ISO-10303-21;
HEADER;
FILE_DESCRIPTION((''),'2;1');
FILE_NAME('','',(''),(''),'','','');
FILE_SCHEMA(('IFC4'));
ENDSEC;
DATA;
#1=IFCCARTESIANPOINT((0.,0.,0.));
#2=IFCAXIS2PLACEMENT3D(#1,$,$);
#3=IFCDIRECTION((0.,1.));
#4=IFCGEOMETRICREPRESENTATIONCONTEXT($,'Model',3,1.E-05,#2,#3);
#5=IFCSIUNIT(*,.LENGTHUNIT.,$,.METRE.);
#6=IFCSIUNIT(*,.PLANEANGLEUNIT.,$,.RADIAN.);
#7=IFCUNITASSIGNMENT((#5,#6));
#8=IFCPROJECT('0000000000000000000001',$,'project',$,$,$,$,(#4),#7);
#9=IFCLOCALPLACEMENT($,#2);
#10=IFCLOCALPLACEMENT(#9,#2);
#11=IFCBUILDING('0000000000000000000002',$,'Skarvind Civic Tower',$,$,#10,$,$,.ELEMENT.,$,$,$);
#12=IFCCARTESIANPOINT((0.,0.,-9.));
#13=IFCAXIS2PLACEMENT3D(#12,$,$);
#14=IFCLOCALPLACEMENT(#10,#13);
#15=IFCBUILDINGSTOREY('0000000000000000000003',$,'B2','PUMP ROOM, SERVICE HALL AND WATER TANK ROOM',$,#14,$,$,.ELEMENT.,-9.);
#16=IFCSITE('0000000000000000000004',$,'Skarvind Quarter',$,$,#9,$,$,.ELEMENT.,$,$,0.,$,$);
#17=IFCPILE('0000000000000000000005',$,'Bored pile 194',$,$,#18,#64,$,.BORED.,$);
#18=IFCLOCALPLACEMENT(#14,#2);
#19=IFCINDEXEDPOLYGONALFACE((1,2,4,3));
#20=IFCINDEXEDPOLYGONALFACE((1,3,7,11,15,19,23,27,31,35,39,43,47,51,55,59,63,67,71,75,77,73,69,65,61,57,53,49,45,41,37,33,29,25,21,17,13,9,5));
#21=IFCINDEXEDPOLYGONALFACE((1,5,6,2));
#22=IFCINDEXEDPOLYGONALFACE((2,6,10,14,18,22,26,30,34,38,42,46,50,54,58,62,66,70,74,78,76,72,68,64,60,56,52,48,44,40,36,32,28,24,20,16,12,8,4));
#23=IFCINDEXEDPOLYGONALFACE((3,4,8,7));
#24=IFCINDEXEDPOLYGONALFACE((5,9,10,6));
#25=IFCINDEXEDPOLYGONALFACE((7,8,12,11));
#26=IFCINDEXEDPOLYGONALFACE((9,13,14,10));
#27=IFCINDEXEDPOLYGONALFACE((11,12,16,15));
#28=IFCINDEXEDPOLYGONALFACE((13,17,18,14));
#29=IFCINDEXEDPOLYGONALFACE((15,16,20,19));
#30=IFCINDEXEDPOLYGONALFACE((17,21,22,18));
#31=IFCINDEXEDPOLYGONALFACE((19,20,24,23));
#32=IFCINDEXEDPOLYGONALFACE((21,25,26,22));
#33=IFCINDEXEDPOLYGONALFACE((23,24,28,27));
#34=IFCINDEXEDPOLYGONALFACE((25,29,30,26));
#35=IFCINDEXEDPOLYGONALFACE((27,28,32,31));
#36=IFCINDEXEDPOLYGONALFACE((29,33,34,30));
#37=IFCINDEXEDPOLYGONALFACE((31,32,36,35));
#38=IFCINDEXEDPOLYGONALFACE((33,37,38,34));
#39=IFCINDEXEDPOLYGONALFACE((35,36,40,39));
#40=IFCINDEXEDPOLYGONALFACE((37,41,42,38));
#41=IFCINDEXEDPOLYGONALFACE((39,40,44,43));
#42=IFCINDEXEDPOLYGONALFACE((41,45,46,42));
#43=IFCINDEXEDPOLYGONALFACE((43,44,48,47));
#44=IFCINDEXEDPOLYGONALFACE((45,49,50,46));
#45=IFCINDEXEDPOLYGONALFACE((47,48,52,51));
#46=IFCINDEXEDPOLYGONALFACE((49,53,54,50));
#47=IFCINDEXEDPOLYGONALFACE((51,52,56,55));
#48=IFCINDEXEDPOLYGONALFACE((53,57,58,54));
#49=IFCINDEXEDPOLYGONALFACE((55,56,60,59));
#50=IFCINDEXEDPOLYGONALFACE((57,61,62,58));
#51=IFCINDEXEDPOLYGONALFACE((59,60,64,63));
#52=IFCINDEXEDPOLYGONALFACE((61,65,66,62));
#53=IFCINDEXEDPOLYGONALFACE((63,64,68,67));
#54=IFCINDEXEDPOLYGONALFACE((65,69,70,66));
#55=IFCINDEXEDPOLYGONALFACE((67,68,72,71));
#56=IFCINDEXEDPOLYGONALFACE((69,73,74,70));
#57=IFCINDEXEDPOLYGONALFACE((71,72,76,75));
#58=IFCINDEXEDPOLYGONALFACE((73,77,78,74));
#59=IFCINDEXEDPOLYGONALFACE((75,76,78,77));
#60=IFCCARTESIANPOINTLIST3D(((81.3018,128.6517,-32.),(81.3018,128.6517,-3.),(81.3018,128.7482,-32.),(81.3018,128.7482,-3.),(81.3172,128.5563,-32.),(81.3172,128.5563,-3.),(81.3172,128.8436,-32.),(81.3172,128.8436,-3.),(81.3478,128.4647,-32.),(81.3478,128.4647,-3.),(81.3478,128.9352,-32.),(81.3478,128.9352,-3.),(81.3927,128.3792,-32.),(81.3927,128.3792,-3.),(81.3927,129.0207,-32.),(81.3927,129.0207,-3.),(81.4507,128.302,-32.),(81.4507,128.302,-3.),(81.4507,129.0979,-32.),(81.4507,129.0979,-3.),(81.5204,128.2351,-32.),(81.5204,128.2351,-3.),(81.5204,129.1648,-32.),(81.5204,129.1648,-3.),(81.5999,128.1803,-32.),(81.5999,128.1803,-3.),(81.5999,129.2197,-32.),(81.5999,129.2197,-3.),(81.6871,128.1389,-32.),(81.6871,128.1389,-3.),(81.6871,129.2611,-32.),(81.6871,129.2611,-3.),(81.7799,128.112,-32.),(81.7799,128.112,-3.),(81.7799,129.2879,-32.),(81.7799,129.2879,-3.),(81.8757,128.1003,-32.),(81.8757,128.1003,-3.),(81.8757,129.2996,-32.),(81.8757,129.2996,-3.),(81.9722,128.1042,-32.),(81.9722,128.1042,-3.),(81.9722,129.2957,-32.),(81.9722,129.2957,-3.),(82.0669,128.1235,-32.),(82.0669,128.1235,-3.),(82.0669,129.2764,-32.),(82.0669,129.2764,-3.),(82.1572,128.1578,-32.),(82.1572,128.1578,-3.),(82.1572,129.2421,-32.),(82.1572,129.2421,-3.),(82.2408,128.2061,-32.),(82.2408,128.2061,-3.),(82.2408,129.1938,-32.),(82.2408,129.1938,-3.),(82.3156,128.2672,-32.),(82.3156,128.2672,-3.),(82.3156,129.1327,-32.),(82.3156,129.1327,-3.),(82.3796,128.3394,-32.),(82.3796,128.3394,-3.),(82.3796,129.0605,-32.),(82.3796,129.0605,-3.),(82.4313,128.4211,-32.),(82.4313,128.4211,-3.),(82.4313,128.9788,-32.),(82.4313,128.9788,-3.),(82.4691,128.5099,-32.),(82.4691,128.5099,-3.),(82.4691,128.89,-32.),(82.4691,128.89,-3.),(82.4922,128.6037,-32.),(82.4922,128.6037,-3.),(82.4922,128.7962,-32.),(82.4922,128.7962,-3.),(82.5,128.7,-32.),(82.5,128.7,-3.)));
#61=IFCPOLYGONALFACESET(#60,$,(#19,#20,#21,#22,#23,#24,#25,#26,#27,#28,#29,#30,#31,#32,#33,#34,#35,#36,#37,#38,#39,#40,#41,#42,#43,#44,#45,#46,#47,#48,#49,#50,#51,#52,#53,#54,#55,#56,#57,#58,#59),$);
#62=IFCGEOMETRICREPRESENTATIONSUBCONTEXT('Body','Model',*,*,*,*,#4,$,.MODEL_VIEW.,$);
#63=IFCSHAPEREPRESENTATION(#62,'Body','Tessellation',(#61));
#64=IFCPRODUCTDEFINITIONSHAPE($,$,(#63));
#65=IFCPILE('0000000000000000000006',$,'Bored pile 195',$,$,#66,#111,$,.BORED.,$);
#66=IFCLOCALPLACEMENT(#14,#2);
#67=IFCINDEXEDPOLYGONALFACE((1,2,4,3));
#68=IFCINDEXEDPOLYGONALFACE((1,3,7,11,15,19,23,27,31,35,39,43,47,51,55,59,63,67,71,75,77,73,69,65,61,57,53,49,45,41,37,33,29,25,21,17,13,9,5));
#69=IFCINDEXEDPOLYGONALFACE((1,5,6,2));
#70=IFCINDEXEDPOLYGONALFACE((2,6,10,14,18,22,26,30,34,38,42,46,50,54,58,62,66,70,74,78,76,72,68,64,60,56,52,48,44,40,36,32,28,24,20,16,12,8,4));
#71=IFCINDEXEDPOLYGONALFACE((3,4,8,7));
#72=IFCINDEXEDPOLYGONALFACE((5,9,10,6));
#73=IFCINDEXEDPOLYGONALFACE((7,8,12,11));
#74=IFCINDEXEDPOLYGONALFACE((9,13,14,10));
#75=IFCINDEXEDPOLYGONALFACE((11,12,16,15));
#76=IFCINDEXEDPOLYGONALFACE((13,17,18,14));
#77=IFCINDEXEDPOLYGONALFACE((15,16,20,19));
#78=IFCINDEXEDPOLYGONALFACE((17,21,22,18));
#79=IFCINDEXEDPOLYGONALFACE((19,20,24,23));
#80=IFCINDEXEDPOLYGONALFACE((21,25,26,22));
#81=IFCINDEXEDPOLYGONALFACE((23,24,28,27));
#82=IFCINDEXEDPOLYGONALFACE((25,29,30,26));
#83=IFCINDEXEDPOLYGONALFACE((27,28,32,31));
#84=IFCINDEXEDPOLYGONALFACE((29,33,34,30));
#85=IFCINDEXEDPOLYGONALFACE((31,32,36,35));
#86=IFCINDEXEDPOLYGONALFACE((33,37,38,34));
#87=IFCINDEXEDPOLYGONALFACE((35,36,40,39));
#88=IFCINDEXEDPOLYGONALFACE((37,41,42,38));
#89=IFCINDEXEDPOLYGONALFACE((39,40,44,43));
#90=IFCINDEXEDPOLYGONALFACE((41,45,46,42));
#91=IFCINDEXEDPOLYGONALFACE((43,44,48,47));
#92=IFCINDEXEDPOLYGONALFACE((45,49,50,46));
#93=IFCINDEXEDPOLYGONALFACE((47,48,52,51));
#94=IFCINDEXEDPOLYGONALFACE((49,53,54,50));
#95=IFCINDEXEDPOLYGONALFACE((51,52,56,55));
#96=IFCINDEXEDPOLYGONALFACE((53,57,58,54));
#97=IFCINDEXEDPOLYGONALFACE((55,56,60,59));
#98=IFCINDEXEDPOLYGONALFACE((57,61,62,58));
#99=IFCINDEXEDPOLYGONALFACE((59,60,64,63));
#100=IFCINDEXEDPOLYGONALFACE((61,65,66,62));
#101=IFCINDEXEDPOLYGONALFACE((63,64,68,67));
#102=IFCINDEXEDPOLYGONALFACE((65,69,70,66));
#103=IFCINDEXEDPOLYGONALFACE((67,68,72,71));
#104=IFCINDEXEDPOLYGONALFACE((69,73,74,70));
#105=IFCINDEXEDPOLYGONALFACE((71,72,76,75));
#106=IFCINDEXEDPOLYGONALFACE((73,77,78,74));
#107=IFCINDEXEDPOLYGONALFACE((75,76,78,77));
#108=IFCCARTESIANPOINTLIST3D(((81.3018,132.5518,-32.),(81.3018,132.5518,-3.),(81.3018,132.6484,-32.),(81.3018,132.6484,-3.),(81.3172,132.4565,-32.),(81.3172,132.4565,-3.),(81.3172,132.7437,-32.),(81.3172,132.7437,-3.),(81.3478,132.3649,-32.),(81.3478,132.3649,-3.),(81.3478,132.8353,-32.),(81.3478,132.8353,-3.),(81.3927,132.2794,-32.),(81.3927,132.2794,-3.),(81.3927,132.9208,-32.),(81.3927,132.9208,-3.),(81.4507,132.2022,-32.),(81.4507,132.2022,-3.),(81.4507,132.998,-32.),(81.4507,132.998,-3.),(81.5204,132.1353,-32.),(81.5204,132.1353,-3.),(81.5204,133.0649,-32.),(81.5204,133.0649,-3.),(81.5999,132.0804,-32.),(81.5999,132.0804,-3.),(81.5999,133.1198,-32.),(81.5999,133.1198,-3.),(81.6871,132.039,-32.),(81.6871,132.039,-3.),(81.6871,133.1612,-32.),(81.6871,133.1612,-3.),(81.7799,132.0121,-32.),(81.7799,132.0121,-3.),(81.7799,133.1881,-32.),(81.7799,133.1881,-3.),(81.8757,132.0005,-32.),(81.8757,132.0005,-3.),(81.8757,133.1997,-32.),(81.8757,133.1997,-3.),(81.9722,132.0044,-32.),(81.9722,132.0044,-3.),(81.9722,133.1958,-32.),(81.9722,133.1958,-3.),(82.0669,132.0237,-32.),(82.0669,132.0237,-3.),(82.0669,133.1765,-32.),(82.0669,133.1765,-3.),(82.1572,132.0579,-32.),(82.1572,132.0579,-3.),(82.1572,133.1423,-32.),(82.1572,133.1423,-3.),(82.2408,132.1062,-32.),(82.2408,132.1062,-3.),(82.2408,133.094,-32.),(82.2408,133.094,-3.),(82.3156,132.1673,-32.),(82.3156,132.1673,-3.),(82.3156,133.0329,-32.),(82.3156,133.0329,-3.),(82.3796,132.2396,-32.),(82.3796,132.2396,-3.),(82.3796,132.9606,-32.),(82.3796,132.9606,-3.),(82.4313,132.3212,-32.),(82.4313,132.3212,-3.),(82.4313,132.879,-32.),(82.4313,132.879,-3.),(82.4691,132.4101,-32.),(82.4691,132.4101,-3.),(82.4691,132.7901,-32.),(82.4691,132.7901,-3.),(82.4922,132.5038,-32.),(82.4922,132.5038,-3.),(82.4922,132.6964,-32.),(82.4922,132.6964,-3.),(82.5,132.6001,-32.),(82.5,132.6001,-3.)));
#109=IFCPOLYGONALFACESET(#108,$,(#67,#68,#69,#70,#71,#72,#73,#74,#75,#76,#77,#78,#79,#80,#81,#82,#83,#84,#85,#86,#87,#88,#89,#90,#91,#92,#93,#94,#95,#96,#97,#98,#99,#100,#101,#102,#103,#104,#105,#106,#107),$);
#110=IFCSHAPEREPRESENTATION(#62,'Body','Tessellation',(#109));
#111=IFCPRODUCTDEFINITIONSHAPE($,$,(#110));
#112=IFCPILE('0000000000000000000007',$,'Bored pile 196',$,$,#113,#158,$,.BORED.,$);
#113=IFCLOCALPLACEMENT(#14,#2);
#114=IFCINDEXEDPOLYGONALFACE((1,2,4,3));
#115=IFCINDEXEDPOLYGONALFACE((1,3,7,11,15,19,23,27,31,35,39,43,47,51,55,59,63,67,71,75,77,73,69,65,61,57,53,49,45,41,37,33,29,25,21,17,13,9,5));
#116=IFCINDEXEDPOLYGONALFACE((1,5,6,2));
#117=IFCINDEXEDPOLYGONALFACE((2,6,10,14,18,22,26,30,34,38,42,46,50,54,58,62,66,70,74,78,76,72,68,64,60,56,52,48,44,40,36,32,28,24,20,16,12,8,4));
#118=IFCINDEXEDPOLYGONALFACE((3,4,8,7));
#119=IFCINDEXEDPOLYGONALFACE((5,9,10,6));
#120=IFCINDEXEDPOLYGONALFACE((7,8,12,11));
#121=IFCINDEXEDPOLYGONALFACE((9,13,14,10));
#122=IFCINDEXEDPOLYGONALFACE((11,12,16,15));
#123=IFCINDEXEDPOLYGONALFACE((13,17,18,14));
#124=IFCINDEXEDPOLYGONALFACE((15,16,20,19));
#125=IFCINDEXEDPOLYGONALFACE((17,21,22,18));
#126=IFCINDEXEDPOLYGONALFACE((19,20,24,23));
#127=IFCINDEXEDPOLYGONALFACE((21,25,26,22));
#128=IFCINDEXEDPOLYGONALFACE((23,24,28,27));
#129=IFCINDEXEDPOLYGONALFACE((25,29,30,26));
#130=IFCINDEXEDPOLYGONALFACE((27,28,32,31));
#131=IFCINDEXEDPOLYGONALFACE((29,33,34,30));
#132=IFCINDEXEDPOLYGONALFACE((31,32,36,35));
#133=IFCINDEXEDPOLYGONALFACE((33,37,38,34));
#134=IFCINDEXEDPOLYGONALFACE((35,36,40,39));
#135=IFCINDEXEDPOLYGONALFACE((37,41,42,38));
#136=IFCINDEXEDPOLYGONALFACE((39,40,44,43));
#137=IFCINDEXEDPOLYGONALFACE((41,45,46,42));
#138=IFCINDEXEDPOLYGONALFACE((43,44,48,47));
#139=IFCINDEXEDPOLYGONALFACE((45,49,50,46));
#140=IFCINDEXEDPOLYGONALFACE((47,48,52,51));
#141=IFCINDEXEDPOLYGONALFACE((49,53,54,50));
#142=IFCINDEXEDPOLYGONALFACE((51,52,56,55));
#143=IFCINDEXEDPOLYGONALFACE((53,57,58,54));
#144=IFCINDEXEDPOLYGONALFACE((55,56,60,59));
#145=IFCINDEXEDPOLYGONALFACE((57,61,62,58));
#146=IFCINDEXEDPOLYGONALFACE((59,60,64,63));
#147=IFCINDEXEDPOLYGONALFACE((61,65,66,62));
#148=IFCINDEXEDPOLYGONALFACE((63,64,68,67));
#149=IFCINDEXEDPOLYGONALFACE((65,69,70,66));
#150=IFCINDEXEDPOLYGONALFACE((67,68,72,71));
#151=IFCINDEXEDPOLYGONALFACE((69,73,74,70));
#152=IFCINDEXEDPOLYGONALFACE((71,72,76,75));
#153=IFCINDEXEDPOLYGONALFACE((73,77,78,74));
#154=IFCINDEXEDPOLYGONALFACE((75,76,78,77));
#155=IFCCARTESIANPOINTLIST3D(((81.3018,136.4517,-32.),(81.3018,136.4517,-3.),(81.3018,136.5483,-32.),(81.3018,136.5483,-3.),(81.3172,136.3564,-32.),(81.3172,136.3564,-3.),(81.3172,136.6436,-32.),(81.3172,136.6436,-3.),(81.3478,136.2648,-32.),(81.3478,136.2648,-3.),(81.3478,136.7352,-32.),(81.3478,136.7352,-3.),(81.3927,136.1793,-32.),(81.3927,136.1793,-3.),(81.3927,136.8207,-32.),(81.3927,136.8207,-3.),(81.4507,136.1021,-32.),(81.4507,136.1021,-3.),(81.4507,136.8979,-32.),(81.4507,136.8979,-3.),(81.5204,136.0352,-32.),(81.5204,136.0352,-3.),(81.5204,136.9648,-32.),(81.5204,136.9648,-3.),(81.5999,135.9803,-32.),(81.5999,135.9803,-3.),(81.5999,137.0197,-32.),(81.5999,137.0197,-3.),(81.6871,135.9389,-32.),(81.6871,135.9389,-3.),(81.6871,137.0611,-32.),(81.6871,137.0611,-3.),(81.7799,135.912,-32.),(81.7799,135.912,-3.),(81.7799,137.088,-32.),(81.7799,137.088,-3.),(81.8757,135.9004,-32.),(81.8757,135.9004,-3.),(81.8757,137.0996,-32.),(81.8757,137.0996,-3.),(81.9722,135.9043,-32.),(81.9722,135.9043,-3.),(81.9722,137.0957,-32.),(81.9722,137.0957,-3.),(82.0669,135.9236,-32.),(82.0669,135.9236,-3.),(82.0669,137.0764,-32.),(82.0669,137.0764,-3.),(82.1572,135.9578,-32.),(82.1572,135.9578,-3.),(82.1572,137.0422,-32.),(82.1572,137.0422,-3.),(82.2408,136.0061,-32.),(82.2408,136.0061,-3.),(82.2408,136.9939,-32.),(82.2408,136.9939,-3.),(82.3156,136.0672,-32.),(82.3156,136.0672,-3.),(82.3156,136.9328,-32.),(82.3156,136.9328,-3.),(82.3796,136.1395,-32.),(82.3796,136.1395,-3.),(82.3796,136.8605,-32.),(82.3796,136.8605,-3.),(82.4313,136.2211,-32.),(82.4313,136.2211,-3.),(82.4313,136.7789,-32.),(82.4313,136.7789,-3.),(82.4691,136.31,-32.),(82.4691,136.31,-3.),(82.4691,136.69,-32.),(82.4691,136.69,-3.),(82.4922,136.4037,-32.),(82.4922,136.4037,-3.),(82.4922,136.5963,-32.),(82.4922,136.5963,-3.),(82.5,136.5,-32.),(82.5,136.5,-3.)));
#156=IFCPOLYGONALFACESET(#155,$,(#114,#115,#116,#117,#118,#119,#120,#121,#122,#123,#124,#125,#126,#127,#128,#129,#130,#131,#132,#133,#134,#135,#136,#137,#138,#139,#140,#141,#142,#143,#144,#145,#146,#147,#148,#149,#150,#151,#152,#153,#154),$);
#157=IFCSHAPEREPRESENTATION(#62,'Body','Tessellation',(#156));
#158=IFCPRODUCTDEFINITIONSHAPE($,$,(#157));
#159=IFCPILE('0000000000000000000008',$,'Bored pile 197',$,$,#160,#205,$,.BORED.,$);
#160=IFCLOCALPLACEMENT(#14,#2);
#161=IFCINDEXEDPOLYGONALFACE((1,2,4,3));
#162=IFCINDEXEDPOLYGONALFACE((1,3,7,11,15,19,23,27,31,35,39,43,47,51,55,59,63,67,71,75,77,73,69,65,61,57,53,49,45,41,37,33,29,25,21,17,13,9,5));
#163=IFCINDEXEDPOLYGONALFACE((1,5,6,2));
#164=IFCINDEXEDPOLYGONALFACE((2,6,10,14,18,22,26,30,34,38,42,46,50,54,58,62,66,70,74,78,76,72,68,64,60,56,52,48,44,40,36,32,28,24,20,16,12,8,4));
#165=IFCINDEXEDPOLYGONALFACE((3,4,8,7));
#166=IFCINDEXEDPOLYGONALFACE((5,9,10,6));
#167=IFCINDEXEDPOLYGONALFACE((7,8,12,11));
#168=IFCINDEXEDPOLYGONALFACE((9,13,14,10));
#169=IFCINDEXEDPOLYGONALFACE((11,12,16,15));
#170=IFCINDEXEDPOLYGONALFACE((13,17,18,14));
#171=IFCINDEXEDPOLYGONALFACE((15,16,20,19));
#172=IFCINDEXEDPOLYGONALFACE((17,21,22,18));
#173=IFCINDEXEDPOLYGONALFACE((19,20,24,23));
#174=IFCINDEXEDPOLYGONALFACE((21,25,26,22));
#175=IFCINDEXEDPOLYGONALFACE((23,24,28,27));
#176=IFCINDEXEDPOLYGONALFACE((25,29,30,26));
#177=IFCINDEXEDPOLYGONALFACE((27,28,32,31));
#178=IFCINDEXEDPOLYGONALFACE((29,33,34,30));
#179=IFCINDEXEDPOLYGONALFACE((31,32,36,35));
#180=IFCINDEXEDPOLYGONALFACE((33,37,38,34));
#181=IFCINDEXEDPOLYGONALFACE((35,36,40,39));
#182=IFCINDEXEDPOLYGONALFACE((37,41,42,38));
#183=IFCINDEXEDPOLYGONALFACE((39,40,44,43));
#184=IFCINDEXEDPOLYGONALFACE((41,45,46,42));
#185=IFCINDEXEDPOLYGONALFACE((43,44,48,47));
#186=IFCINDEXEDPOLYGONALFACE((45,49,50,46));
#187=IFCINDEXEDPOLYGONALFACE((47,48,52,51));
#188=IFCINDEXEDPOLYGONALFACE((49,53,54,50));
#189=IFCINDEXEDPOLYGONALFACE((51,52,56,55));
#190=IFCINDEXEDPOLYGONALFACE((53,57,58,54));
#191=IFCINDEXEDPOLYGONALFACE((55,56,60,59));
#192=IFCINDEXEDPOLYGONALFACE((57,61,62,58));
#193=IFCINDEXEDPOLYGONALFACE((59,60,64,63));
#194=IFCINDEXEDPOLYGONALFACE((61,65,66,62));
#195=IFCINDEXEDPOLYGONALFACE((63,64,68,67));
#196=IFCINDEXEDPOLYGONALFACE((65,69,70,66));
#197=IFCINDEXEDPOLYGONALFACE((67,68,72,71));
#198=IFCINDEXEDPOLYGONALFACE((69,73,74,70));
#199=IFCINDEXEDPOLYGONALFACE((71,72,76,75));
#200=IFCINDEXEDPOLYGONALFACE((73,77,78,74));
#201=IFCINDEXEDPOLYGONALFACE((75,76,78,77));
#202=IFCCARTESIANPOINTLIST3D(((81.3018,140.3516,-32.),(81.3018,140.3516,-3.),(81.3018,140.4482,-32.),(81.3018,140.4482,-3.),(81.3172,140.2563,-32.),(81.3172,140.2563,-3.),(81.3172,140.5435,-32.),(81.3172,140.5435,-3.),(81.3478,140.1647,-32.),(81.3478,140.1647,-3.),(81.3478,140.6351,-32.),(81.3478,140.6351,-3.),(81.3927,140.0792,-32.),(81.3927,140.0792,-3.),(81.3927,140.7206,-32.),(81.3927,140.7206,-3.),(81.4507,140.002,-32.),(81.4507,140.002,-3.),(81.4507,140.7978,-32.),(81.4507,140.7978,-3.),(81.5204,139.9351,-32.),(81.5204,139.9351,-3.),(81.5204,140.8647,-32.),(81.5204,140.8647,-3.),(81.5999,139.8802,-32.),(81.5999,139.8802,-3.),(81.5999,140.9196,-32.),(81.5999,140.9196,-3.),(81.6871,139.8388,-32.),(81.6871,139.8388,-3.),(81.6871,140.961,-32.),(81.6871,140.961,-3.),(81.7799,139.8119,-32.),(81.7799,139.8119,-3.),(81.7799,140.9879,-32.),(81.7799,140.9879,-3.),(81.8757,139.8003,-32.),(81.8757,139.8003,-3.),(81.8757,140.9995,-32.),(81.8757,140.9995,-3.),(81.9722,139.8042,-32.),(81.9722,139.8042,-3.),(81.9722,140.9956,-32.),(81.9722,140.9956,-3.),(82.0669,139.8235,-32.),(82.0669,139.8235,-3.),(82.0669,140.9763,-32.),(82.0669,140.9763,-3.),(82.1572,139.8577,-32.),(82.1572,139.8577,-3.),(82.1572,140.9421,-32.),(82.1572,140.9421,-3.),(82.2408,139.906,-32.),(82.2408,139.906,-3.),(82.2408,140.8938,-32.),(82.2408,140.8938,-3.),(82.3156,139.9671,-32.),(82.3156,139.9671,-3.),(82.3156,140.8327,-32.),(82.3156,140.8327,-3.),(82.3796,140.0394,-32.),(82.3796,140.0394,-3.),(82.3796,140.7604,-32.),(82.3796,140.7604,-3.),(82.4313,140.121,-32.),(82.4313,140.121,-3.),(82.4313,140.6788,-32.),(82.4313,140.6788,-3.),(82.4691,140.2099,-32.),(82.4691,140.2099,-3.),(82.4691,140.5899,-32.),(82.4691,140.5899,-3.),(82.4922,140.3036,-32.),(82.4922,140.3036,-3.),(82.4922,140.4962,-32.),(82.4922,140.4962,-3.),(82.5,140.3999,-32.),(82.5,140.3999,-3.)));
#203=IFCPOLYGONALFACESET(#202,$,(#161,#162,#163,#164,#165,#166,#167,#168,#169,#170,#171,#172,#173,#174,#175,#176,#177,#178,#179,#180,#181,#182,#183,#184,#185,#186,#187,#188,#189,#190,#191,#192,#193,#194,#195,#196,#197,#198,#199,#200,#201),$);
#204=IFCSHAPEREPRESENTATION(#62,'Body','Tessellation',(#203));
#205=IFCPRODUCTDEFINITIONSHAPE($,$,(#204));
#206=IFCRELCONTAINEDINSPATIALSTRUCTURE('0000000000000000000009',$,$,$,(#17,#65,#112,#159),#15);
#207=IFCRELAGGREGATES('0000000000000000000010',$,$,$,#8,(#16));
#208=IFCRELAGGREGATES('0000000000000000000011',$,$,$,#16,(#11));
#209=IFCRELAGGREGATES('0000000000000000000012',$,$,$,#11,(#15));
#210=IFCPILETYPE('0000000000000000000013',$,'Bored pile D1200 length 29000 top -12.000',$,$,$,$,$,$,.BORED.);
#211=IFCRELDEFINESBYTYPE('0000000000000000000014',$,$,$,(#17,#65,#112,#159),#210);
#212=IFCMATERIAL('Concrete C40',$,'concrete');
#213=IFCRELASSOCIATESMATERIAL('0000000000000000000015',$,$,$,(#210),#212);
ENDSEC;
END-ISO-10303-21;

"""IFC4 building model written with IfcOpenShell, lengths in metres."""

from ifc_helpers import new_model, si_unit, direction, frame, origin, origin_2d, place, context, subcontext, project, spatial, circle, extrude, material, type_object, element, save


model = new_model("IFC4")

# Units and contexts
model_context = context("Model", 3, precision=1e-05, world=origin(), true_north=direction((0.0, 1.0)))
body_context = subcontext(model_context, "Body", "Model", "MODEL_VIEW")
ifc_project = project(units=[si_unit("LENGTHUNIT", "METRE"), si_unit("PLANEANGLEUNIT", "RADIAN")], contexts=[model_context])

# Site, building, storey
site_placement = place(None, origin())
site = spatial("IfcSite", under=ifc_project, at=site_placement, Name="Skarvind Quarter", CompositionType="ELEMENT", RefElevation=0.0)
building_placement = place(site_placement, origin())
building = spatial("IfcBuilding", under=site, at=building_placement, Name="Skarvind Civic Tower", CompositionType="ELEMENT")
storey_placement = place(building_placement, frame((0.0, 0.0, -9.0)))
storey = spatial("IfcBuildingStorey", under=building, at=storey_placement, Name="B2", Description="PUMP ROOM, SERVICE HALL AND WATER TANK ROOM", CompositionType="ELEMENT", Elevation=-9.0)

# Piles
ifc_material_1 = material(Name="Concrete C40", Category="concrete")
pile_type_1 = type_object("IfcPileType", Name="Bored pile D1200 length 29000 top -12.000", PredefinedType="BORED", material=ifc_material_1)
for number, where, z_axis, x_axis, name in (
    (1, (81.8999, 128.7, -3.0), (0.0, 0.0, -1.0), (1.0, 0.0, 0.0), "Bored pile 194"),
    (2, (81.8999, 132.6001, -3.0), (0.0, 0.0, -1.0), (1.0, 0.0, 0.0), "Bored pile 195"),
    (3, (81.8999, 136.5, -3.0), (0.0, 0.0, -1.0), (1.0, 0.0, 0.0), "Bored pile 196"),
    (4, (81.8999, 140.3999, -3.0), (0.0, 0.0, -1.0), (1.0, 0.0, 0.0), "Bored pile 197"),
):
    element("IfcPile", number, at=place(storey_placement, frame(where, z_axis=z_axis, x_axis=x_axis)), inside=storey, type_object=pile_type_1, Name=name, PredefinedType="BORED", context=body_context, shape_type="SweptSolid", body=[
        extrude(circle(Radius=0.6001, at=origin_2d()), origin(), (0.0, 0.0, 1.0), 29.0),
    ])

save(model, "model.ifc")
